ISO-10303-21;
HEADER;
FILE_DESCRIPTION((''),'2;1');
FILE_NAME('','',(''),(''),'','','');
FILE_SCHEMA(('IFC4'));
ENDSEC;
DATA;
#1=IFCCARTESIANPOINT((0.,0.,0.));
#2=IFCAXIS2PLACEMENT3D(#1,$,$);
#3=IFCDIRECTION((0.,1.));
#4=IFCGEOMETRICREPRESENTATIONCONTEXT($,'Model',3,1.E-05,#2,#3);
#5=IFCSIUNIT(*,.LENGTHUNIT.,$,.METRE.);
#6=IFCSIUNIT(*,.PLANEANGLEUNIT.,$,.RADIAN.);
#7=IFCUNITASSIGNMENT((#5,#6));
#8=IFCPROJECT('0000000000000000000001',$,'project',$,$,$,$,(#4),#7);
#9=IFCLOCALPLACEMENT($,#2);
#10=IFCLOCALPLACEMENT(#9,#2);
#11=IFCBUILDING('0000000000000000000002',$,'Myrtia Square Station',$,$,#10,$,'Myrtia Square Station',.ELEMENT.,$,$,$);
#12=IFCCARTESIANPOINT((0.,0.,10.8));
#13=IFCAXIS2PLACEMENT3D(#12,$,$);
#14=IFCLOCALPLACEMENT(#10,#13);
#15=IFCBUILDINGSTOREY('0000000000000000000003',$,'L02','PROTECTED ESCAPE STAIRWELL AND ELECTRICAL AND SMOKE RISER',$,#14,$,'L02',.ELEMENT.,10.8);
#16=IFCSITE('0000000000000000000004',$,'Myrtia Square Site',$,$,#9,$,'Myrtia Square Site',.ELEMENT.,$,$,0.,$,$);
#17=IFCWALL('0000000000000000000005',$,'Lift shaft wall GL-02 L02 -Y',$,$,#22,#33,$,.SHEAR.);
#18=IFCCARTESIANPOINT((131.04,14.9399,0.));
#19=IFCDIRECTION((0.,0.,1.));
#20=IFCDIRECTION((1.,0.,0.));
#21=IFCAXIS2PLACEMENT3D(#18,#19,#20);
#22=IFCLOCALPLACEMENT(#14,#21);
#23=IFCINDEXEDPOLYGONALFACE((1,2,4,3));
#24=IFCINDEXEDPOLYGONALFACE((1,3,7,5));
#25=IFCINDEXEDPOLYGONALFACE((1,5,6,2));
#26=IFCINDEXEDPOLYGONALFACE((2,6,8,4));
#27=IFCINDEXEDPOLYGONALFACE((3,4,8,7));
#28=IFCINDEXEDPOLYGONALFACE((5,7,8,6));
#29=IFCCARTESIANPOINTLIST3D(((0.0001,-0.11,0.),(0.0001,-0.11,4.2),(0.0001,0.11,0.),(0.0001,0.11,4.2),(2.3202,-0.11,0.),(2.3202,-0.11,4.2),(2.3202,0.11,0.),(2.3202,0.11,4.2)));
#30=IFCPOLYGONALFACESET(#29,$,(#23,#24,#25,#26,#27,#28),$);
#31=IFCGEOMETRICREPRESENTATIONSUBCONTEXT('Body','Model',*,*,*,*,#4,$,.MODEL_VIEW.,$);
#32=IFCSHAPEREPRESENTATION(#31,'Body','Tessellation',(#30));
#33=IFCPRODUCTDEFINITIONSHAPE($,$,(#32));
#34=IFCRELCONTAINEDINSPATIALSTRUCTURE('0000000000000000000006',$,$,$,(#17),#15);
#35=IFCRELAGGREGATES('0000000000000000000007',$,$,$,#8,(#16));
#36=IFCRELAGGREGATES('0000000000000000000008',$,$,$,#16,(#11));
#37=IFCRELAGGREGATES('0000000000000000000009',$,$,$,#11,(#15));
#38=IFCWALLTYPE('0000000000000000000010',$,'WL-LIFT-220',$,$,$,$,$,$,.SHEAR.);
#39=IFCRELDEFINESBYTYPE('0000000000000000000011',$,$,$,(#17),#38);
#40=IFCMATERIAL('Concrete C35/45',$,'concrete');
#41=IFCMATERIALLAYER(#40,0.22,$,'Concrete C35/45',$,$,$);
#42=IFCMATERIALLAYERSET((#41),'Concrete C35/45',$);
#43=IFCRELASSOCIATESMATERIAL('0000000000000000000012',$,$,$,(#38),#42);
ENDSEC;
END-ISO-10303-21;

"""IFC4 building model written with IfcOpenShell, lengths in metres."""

from ifc_helpers import new_model, si_unit, direction, frame, frame_2d, origin, place, context, subcontext, project, spatial, rectangle, extrude, material, layer, layer_set, type_object, element, save


model = new_model("IFC4")

# Units and contexts
model_context = context("Model", 3, precision=1e-05, world=origin(), true_north=direction((0.0, 1.0)))
body_context = subcontext(model_context, "Body", "Model", "MODEL_VIEW")
ifc_project = project(units=[si_unit("LENGTHUNIT", "METRE"), si_unit("PLANEANGLEUNIT", "RADIAN")], contexts=[model_context])

# Site, building, storey
site_placement = place(None, origin())
site = spatial("IfcSite", under=ifc_project, at=site_placement, Name="Myrtia Square Site", LongName="Myrtia Square Site", CompositionType="ELEMENT", RefElevation=0.0)
building_placement = place(site_placement, origin())
building = spatial("IfcBuilding", under=site, at=building_placement, Name="Myrtia Square Station", LongName="Myrtia Square Station", CompositionType="ELEMENT")
storey_placement = place(building_placement, frame((0.0, 0.0, 10.8)))
storey = spatial("IfcBuildingStorey", under=building, at=storey_placement, Name="L02", Description="PROTECTED ESCAPE STAIRWELL AND ELECTRICAL AND SMOKE RISER", LongName="L02", CompositionType="ELEMENT", Elevation=10.8)

# Shared definitions
ifc_material_1 = material(Name="Concrete C35/45", Category="concrete")

# Wall
ifc_layer_1 = layer(ifc_material_1, 0.22, Name="Concrete C35/45")
ifc_layer_set_1 = layer_set([ifc_layer_1], Name="Concrete C35/45")
wall_type_1 = type_object("IfcWallType", Name="WL-LIFT-220", PredefinedType="SHEAR", material=ifc_layer_set_1)
wall_1_placement = place(storey_placement, frame((131.04, 14.9399, 0.0), z_axis=(0.0, 0.0, 1.0), x_axis=(1.0, 0.0, 0.0)))
element("IfcWall", 1, at=wall_1_placement, inside=storey, type_object=wall_type_1, Name="Lift shaft wall GL-02 L02 -Y", PredefinedType="SHEAR", context=body_context, shape_type="SweptSolid", body=[
    extrude(rectangle(XDim=2.3201, YDim=0.22, at=frame_2d((1.1602, 0.0))), origin(), (0.0, 0.0, 1.0), 4.2),
])

save(model, "model.ifc")
